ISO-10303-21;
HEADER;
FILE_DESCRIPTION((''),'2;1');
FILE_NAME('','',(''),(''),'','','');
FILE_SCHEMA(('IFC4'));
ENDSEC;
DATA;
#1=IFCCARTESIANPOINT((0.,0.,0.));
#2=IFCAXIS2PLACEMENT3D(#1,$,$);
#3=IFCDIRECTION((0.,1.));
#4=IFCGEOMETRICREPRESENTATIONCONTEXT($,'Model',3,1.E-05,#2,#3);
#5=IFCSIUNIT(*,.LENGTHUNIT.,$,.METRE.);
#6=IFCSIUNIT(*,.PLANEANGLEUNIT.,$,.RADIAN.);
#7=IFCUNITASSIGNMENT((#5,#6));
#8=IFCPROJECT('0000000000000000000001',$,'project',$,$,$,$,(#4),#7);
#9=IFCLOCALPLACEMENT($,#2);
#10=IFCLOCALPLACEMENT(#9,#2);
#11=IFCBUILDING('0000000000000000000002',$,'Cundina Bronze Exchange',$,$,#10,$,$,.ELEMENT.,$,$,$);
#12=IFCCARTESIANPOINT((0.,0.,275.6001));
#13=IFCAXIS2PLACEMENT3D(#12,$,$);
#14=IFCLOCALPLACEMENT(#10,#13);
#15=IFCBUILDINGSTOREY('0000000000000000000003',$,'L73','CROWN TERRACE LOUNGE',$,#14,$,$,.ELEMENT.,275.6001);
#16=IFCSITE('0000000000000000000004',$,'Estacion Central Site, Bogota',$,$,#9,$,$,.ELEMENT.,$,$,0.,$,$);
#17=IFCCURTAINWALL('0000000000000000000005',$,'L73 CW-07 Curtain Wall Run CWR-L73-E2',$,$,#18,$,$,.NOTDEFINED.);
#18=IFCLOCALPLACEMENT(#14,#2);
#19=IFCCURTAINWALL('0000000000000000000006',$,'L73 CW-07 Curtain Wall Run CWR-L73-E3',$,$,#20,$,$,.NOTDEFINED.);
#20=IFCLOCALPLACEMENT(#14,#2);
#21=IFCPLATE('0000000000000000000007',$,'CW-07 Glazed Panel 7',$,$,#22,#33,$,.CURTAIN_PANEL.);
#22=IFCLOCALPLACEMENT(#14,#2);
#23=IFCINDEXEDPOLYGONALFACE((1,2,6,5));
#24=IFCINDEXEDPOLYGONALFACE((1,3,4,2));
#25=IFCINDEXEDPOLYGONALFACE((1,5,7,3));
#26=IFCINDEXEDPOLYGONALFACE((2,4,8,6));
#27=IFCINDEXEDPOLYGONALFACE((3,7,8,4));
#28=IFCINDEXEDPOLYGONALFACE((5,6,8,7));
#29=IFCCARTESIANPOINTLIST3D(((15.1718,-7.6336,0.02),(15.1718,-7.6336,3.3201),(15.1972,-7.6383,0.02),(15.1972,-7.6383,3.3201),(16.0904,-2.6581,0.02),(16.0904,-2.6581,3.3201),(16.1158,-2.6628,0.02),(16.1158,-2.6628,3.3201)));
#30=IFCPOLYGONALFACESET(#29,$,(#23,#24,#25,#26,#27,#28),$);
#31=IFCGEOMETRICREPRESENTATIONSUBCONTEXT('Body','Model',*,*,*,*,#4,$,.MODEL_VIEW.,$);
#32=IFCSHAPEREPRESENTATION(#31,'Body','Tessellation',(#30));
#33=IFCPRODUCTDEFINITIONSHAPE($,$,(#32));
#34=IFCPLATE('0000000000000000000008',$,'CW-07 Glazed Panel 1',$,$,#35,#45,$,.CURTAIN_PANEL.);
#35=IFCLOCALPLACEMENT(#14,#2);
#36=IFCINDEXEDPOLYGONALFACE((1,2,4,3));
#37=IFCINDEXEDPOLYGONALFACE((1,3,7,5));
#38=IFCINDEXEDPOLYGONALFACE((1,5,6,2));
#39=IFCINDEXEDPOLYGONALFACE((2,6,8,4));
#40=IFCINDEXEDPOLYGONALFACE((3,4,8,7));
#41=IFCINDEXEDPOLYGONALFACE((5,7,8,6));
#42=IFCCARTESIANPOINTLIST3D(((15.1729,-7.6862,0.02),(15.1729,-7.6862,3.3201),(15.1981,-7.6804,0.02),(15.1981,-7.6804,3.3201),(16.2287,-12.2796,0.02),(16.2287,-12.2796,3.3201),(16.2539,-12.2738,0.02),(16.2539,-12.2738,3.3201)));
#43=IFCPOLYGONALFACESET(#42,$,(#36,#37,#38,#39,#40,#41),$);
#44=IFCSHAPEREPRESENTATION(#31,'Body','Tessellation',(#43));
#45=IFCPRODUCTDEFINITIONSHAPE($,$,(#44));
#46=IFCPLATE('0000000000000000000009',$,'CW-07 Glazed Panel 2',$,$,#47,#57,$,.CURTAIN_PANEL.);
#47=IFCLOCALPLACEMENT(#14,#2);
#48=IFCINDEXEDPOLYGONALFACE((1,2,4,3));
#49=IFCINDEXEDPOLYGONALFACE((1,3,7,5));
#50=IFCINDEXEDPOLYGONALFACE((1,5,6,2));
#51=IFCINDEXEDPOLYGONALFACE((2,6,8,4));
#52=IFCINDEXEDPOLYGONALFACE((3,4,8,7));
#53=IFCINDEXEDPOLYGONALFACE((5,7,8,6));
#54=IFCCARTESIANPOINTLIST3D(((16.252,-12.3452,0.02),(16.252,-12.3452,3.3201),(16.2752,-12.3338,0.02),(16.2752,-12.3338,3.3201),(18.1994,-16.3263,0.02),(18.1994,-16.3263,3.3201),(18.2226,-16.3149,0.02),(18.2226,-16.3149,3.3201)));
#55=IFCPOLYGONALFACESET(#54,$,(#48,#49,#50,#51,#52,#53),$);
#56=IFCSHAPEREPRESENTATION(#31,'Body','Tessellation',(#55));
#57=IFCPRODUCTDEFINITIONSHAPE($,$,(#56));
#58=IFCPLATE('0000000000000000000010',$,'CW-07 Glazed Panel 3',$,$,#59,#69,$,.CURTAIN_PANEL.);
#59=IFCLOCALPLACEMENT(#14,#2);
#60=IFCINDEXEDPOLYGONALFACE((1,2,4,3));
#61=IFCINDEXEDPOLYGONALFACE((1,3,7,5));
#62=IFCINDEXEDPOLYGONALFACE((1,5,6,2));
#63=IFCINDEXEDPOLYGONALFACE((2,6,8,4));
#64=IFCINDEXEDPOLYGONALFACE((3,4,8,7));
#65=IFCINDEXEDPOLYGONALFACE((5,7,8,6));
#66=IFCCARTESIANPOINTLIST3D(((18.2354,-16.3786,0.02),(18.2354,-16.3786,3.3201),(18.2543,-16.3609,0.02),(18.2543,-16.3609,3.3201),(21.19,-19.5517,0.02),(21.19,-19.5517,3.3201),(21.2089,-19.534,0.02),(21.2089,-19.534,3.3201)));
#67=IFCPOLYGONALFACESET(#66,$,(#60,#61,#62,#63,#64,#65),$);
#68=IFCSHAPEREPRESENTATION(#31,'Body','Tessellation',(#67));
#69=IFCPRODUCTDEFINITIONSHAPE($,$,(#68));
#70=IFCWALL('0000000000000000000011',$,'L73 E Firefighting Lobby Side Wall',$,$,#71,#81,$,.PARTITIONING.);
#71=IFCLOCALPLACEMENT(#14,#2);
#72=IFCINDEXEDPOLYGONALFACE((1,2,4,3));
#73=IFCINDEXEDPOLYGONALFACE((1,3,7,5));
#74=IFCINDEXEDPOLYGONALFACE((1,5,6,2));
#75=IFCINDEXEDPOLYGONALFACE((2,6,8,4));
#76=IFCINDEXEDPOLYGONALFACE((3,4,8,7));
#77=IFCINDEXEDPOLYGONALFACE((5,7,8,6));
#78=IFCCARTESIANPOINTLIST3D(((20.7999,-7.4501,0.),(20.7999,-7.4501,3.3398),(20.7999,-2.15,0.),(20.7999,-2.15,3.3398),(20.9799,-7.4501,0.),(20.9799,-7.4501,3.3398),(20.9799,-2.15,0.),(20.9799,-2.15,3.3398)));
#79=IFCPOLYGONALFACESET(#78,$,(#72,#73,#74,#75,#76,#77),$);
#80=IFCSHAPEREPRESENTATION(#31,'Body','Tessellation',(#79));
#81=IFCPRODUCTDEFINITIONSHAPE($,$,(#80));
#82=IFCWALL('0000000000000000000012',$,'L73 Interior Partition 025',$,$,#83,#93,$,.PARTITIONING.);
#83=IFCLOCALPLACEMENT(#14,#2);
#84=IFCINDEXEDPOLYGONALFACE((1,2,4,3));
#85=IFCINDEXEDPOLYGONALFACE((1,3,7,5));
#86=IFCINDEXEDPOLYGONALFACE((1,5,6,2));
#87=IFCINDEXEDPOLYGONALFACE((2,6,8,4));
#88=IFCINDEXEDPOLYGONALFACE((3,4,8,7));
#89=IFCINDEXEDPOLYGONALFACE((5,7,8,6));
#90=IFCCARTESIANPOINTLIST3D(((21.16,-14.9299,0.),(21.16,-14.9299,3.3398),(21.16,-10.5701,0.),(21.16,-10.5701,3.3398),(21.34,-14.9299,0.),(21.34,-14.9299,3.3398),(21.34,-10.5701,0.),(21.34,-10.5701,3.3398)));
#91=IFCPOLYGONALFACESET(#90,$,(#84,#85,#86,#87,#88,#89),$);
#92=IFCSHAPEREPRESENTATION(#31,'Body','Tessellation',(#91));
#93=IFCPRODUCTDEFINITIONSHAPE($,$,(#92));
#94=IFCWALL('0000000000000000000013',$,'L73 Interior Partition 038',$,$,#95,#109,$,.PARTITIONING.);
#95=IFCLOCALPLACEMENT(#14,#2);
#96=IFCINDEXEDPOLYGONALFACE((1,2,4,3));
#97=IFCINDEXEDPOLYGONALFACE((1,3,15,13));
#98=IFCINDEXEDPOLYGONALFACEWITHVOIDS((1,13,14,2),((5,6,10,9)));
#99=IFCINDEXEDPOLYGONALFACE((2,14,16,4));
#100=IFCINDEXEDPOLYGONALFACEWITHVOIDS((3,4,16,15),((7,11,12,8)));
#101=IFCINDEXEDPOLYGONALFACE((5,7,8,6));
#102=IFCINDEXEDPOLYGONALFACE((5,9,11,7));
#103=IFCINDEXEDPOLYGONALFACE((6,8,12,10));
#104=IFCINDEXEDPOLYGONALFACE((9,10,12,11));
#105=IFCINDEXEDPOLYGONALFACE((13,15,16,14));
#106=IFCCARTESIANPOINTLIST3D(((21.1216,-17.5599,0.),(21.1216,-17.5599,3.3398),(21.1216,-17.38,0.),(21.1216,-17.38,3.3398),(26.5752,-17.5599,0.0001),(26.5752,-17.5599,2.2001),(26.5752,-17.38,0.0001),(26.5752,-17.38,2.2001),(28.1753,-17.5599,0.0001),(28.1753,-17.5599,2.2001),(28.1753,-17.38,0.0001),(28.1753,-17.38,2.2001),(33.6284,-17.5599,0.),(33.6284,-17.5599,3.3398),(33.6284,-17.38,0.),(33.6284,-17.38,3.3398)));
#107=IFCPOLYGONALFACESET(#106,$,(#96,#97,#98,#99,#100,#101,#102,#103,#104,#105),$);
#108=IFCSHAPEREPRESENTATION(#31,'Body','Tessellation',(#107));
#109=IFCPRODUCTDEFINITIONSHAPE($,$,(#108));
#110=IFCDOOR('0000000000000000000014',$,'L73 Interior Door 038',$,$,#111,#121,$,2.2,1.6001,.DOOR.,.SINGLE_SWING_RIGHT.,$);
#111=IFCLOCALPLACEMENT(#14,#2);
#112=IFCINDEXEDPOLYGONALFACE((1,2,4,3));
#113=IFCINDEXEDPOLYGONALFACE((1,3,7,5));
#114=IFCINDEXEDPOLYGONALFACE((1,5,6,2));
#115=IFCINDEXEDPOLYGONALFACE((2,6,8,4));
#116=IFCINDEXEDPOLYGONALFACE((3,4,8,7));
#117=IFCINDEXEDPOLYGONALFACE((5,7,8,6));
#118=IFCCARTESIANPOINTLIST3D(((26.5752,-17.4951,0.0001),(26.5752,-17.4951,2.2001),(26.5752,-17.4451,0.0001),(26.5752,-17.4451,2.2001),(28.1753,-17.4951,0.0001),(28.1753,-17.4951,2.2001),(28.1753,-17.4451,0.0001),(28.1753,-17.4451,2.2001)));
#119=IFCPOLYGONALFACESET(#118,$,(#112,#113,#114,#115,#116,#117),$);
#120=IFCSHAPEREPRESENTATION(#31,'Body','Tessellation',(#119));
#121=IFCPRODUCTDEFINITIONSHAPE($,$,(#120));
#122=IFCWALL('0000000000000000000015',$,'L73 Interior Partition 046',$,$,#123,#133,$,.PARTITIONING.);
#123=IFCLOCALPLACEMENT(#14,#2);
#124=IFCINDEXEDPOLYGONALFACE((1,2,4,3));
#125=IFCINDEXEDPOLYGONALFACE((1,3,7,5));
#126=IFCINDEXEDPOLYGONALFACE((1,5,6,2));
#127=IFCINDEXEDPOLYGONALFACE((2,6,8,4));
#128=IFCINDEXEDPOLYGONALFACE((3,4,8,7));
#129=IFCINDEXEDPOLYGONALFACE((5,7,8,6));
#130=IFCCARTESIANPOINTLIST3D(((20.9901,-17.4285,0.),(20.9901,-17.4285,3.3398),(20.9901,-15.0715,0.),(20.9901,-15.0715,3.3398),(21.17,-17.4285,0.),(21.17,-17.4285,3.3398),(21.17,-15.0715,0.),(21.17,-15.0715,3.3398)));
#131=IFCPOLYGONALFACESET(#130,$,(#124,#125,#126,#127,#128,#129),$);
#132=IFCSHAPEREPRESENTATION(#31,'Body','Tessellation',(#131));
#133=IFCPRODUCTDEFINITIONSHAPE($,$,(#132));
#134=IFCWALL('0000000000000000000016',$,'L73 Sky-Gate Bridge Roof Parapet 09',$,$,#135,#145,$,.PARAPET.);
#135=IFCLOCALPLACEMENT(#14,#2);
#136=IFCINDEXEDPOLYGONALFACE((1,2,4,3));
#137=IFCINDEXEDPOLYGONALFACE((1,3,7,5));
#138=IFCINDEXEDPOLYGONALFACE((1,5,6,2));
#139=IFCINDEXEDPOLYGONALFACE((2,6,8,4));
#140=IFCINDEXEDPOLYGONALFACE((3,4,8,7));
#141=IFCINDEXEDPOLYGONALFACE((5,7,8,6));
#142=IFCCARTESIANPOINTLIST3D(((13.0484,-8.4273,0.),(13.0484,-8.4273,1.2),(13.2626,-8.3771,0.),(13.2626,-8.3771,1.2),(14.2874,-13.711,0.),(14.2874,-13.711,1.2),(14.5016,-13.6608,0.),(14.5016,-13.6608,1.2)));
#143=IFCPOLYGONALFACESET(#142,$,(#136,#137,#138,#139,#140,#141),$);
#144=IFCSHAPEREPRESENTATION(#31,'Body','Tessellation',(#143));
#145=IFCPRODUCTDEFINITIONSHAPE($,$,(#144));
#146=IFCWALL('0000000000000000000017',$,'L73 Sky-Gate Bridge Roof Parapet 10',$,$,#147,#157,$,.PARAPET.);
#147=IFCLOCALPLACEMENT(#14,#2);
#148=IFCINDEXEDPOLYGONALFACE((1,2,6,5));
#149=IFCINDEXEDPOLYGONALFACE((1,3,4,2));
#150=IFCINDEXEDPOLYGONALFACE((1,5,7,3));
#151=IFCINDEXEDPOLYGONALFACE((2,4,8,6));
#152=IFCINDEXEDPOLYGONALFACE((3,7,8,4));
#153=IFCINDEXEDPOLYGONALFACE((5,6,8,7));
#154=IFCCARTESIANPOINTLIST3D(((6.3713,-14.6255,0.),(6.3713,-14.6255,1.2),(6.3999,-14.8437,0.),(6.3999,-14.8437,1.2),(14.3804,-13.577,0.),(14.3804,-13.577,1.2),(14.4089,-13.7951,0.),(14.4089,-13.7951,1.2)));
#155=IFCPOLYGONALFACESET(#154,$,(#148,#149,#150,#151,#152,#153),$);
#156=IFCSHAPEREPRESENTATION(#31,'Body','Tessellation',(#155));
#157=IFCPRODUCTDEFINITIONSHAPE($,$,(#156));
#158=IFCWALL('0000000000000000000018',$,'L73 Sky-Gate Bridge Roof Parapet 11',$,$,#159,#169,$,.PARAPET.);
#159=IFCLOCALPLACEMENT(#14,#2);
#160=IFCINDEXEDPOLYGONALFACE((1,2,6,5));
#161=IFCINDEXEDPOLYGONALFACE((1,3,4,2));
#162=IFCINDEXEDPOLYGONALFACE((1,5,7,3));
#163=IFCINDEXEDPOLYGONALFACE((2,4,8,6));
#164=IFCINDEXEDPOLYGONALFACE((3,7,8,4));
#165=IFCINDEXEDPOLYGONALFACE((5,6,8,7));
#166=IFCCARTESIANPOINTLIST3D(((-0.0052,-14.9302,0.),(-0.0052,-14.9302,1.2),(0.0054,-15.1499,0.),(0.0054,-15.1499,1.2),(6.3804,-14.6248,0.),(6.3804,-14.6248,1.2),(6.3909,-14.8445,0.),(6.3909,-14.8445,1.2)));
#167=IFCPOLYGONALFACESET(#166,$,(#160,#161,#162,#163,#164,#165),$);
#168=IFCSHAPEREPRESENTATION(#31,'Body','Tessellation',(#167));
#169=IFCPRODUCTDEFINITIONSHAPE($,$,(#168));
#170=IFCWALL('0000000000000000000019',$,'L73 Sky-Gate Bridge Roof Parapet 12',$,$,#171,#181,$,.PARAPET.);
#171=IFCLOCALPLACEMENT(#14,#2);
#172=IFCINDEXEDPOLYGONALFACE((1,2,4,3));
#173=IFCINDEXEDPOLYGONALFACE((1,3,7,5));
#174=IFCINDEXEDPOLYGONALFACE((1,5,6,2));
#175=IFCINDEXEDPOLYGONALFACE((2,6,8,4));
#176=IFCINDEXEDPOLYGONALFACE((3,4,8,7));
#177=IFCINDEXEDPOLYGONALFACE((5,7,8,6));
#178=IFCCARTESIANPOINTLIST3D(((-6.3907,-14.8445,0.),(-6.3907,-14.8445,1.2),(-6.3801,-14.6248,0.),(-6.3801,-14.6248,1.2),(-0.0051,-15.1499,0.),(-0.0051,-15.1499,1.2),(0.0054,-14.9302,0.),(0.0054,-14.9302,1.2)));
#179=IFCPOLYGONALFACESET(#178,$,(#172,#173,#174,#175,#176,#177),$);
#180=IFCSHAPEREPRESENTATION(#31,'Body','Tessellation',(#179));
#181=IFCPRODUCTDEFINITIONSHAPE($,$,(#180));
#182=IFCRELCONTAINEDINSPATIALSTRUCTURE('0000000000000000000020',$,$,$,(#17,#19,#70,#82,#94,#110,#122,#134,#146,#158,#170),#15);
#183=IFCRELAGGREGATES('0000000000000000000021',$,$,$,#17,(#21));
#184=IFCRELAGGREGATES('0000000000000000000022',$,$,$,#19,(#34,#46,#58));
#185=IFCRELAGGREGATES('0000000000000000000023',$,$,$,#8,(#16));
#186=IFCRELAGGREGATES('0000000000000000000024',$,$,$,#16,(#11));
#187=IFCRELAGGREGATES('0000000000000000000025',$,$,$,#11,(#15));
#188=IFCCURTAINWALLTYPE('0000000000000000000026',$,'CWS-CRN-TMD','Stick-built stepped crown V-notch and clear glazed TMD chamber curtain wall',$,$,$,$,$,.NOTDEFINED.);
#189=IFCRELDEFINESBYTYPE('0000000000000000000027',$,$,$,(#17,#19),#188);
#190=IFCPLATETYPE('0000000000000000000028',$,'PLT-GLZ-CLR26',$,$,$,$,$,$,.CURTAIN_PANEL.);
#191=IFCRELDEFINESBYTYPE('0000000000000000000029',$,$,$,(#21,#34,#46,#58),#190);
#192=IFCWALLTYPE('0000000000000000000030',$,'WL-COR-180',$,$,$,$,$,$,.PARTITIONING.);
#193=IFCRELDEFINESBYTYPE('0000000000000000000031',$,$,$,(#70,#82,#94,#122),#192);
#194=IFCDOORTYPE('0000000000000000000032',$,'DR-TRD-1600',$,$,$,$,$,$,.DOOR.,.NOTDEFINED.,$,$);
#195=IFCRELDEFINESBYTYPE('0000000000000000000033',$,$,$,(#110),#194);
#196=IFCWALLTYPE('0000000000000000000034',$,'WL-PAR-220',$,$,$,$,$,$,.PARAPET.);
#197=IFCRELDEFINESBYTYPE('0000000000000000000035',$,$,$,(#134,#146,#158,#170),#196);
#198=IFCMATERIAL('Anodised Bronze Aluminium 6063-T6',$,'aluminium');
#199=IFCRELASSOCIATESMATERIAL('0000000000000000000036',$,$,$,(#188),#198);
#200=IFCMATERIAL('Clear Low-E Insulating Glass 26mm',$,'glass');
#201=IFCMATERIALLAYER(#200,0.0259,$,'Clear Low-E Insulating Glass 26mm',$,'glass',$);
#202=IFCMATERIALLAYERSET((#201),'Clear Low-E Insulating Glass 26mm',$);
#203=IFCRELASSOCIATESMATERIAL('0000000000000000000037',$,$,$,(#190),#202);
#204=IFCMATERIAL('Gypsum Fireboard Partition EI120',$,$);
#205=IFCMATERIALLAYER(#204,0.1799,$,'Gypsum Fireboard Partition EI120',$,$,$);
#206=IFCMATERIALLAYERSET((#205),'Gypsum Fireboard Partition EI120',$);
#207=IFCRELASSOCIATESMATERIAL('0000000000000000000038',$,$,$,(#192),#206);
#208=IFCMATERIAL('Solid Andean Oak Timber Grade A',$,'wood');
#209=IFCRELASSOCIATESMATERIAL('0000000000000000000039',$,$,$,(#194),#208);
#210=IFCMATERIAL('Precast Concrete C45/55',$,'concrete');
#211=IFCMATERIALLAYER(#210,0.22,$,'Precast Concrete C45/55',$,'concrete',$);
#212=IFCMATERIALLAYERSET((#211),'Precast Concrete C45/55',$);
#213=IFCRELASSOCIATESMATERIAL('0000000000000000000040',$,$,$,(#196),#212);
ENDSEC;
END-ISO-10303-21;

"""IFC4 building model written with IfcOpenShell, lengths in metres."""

from ifc_helpers import new_model, si_unit, direction, frame, frame_2d, origin, origin_2d, place, context, subcontext, project, spatial, rectangle, extrude, material, layer, layer_set, type_object, element, fill, aggregate, save


model = new_model("IFC4")

# Units and contexts
model_context = context("Model", 3, precision=1e-05, world=origin(), true_north=direction((0.0, 1.0)))
body_context = subcontext(model_context, "Body", "Model", "MODEL_VIEW")
ifc_project = project(units=[si_unit("LENGTHUNIT", "METRE"), si_unit("PLANEANGLEUNIT", "RADIAN")], contexts=[model_context])

# Site, building, storey
site_placement = place(None, origin())
site = spatial("IfcSite", under=ifc_project, at=site_placement, Name="Estacion Central Site, Bogota", CompositionType="ELEMENT", RefElevation=0.0)
building_placement = place(site_placement, origin())
building = spatial("IfcBuilding", under=site, at=building_placement, Name="Cundina Bronze Exchange", CompositionType="ELEMENT")
storey_placement = place(building_placement, frame((0.0, 0.0, 275.6001)))
storey = spatial("IfcBuildingStorey", under=building, at=storey_placement, Name="L73", Description="CROWN TERRACE LOUNGE", CompositionType="ELEMENT", Elevation=275.6001)

# Curtain wall
ifc_material_1 = material(Name="Anodised Bronze Aluminium 6063-T6", Category="aluminium")
curtain_wall_type = type_object("IfcCurtainWallType", Name="CWS-CRN-TMD", Description="Stick-built stepped crown V-notch and clear glazed TMD chamber curtain wall", PredefinedType="NOTDEFINED", material=ifc_material_1)
curtain_wall_1_placement = place(storey_placement, origin())
curtain_wall_1 = element("IfcCurtainWall", 1, at=curtain_wall_1_placement, inside=storey, type_object=curtain_wall_type, Name="L73 CW-07 Curtain Wall Run CWR-L73-E2", PredefinedType="NOTDEFINED")

# Curtain wall
curtain_wall_2_placement = place(storey_placement, origin())
curtain_wall_2 = element("IfcCurtainWall", 2, at=curtain_wall_2_placement, inside=storey, type_object=curtain_wall_type, Name="L73 CW-07 Curtain Wall Run CWR-L73-E3", PredefinedType="NOTDEFINED")

# Plates
ifc_material_2 = material(Name="Clear Low-E Insulating Glass 26mm", Category="glass")
ifc_layer_1 = layer(ifc_material_2, 0.0259, Name="Clear Low-E Insulating Glass 26mm", Category="glass")
ifc_layer_set_1 = layer_set([ifc_layer_1], Name="Clear Low-E Insulating Glass 26mm")
plate_type = type_object("IfcPlateType", Name="PLT-GLZ-CLR26", PredefinedType="CURTAIN_PANEL", material=ifc_layer_set_1)
plate_1_placement = place(storey_placement, frame((15.6438, -5.1482, 0.02), z_axis=(0.0, 0.0, 1.0), x_axis=(-0.181566, -0.983379, 0.0)))
plate_1 = element("IfcPlate", 3, at=plate_1_placement, type_object=plate_type, Name="CW-07 Glazed Panel 7", PredefinedType="CURTAIN_PANEL", context=body_context, shape_type="SweptSolid", body=[
    extrude(rectangle(XDim=5.0596, YDim=0.0259, at=origin_2d()), origin(), (0.0, 0.0, 1.0), 3.3),
])
aggregate(curtain_wall_1, [plate_1])
plate_2_placement = place(storey_placement, frame((15.7134, -9.98, 0.02), z_axis=(0.0, 0.0, 1.0), x_axis=(0.224016, -0.974586, 0.0)))
plate_2 = element("IfcPlate", 4, at=plate_2_placement, type_object=plate_type, Name="CW-07 Glazed Panel 1", PredefinedType="CURTAIN_PANEL", context=body_context, shape_type="SweptSolid", body=[
    extrude(rectangle(XDim=4.7131, YDim=0.0259, at=origin_2d()), origin(), (0.0, 0.0, 1.0), 3.3),
])
plate_3_placement = place(storey_placement, frame((17.2373, -14.3301, 0.02), z_axis=(0.0, 0.0, 1.0), x_axis=(0.439406, -0.898288, 0.0)))
plate_3 = element("IfcPlate", 5, at=plate_3_placement, type_object=plate_type, Name="CW-07 Glazed Panel 2", PredefinedType="CURTAIN_PANEL", context=body_context, shape_type="SweptSolid", body=[
    extrude(rectangle(XDim=4.4319, YDim=0.0259, at=origin_2d()), origin(), (0.0, 0.0, 1.0), 3.3),
])
plate_4_placement = place(storey_placement, frame((19.7222, -17.9563, 0.02), z_axis=(0.0, 0.0, 1.0), x_axis=(0.681462, -0.731853, 0.0)))
plate_4 = element("IfcPlate", 6, at=plate_4_placement, type_object=plate_type, Name="CW-07 Glazed Panel 3", PredefinedType="CURTAIN_PANEL", context=body_context, shape_type="SweptSolid", body=[
    extrude(rectangle(XDim=4.3357, YDim=0.0259, at=origin_2d()), origin(), (0.0, 0.0, 1.0), 3.3),
])
aggregate(curtain_wall_2, [plate_2, plate_3, plate_4])

# Walls
ifc_material_3 = material(Name="Gypsum Fireboard Partition EI120")
ifc_layer_2 = layer(ifc_material_3, 0.1799, Name="Gypsum Fireboard Partition EI120")
ifc_layer_set_2 = layer_set([ifc_layer_2], Name="Gypsum Fireboard Partition EI120")
wall_type_1 = type_object("IfcWallType", Name="WL-COR-180", PredefinedType="PARTITIONING", material=ifc_layer_set_2)
wall_1_placement = place(storey_placement, frame((20.8899, -7.45, 0.0), z_axis=(0.0, 0.0, 1.0), x_axis=(0.0, 1.0, 0.0)))
element("IfcWall", 7, at=wall_1_placement, inside=storey, type_object=wall_type_1, Name="L73 E Firefighting Lobby Side Wall", PredefinedType="PARTITIONING", context=body_context, shape_type="SweptSolid", body=[
    extrude(rectangle(XDim=5.3, YDim=0.1799, at=frame_2d((2.6499, 0.0))), origin(), (0.0, 0.0, 1.0), 3.3398),
])
wall_2_placement = place(storey_placement, frame((21.25, -14.9299, 0.0), z_axis=(0.0, 0.0, 1.0), x_axis=(0.0, 1.0, 0.0)))
element("IfcWall", 8, at=wall_2_placement, inside=storey, type_object=wall_type_1, Name="L73 Interior Partition 025", PredefinedType="PARTITIONING", context=body_context, shape_type="SweptSolid", body=[
    extrude(rectangle(XDim=4.3599, YDim=0.1799, at=frame_2d((2.1799, 0.0))), origin(), (0.0, 0.0, 1.0), 3.3398),
])

# Wall, opening, door
wall_3_placement = place(storey_placement, frame((21.1216, -17.47, 0.0), z_axis=(0.0, 0.0, 1.0), x_axis=(1.0, 0.0, 0.0)))
wall_3 = element("IfcWall", 9, at=wall_3_placement, inside=storey, type_object=wall_type_1, Name="L73 Interior Partition 038", PredefinedType="PARTITIONING", context=body_context, shape_type="SweptSolid", body=[
    extrude(rectangle(XDim=12.5068, YDim=0.1799, at=frame_2d((6.2534, 0.0))), origin(), (0.0, 0.0, 1.0), 3.3398),
])
opening_placement = place(wall_3_placement, frame((5.4536, 0.0, 0.0)))
opening = element("IfcOpeningElement", 10, at=opening_placement, cuts=wall_3, PredefinedType="OPENING", context=body_context, shape_type="SweptSolid", body=[
    extrude(rectangle(XDim=1.6001, YDim=2.2, at=frame_2d((0.8, 1.1001))), frame((0.0, 0.0999, 0.0), z_axis=(0.0, -1.0, 0.0), x_axis=(1.0, 0.0, 0.0)), (0.0, 0.0, 1.0), 0.2),
])
ifc_material_4 = material(Name="Solid Andean Oak Timber Grade A", Category="wood")
door_type = type_object("IfcDoorType", Name="DR-TRD-1600", OperationType="NOTDEFINED", PredefinedType="DOOR", material=ifc_material_4)
door_placement = place(opening_placement, origin())
door = element("IfcDoor", 11, at=door_placement, inside=storey, type_object=door_type, Name="L73 Interior Door 038", OperationType="SINGLE_SWING_RIGHT", OverallHeight=2.2, OverallWidth=1.6001, PredefinedType="DOOR", context=body_context, shape_type="SweptSolid", body=[
    extrude(rectangle(XDim=1.6001, YDim=2.2, at=frame_2d((0.8, 1.1001))), frame((0.0, 0.0249, 0.0), z_axis=(0.0, -1.0, 0.0), x_axis=(1.0, 0.0, 0.0)), (0.0, 0.0, 1.0), 0.05),
])
fill(opening, door)

# Walls
wall_4_placement = place(storey_placement, frame((21.0801, -15.0715, 0.0), z_axis=(0.0, 0.0, 1.0), x_axis=(0.0, -1.0, 0.0)))
element("IfcWall", 12, at=wall_4_placement, inside=storey, type_object=wall_type_1, Name="L73 Interior Partition 046", PredefinedType="PARTITIONING", context=body_context, shape_type="SweptSolid", body=[
    extrude(rectangle(XDim=2.3569, YDim=0.1799, at=frame_2d((1.1785, 0.0))), origin(), (0.0, 0.0, 1.0), 3.3398),
])
ifc_material_5 = material(Name="Precast Concrete C45/55", Category="concrete")
ifc_layer_3 = layer(ifc_material_5, 0.22, Name="Precast Concrete C45/55", Category="concrete")
ifc_layer_set_3 = layer_set([ifc_layer_3], Name="Precast Concrete C45/55")
wall_type_2 = type_object("IfcWallType", Name="WL-PAR-220", PredefinedType="PARAPET", material=ifc_layer_set_3)
wall_5_placement = place(storey_placement, frame((13.1555, -8.4023, 0.0), z_axis=(0.0, 0.0, 1.0), x_axis=(0.228305, -0.97359, 0.0)))
element("IfcWall", 13, at=wall_5_placement, inside=storey, type_object=wall_type_2, Name="L73 Sky-Gate Bridge Roof Parapet 09", PredefinedType="PARAPET", context=body_context, shape_type="SweptSolid", body=[
    extrude(rectangle(XDim=5.427, YDim=0.22, at=frame_2d((2.7134, 0.0))), origin(), (0.0, 0.0, 1.0), 1.2),
])
wall_6_placement = place(storey_placement, frame((14.3945, -13.686, 0.0), z_axis=(0.0, 0.0, 1.0), x_axis=(-0.991538, -0.129817, 0.0)))
element("IfcWall", 14, at=wall_6_placement, inside=storey, type_object=wall_type_2, Name="L73 Sky-Gate Bridge Roof Parapet 10", PredefinedType="PARAPET", context=body_context, shape_type="SweptSolid", body=[
    extrude(rectangle(XDim=8.0774, YDim=0.22, at=frame_2d((4.0386, 0.0))), origin(), (0.0, 0.0, 1.0), 1.2),
])
for number, where, z_axis, x_axis, name in (
    (15, (6.3855, -14.7346, 0.0), (0.0, 0.0, 1.0), (-0.998858, -0.047776, 0.0), "L73 Sky-Gate Bridge Roof Parapet 11"),
    (16, (0.0, -15.04, 0.0), (0.0, 0.0, 1.0), (-0.998858, 0.047776, 0.0), "L73 Sky-Gate Bridge Roof Parapet 12"),
):
    element("IfcWall", number, at=place(storey_placement, frame(where, z_axis=z_axis, x_axis=x_axis)), inside=storey, type_object=wall_type_2, Name=name, PredefinedType="PARAPET", context=body_context, shape_type="SweptSolid", body=[
        extrude(rectangle(XDim=6.3928, YDim=0.22, at=frame_2d((3.1963, 0.0))), origin(), (0.0, 0.0, 1.0), 1.2),
    ])

save(model, "model.ifc")
